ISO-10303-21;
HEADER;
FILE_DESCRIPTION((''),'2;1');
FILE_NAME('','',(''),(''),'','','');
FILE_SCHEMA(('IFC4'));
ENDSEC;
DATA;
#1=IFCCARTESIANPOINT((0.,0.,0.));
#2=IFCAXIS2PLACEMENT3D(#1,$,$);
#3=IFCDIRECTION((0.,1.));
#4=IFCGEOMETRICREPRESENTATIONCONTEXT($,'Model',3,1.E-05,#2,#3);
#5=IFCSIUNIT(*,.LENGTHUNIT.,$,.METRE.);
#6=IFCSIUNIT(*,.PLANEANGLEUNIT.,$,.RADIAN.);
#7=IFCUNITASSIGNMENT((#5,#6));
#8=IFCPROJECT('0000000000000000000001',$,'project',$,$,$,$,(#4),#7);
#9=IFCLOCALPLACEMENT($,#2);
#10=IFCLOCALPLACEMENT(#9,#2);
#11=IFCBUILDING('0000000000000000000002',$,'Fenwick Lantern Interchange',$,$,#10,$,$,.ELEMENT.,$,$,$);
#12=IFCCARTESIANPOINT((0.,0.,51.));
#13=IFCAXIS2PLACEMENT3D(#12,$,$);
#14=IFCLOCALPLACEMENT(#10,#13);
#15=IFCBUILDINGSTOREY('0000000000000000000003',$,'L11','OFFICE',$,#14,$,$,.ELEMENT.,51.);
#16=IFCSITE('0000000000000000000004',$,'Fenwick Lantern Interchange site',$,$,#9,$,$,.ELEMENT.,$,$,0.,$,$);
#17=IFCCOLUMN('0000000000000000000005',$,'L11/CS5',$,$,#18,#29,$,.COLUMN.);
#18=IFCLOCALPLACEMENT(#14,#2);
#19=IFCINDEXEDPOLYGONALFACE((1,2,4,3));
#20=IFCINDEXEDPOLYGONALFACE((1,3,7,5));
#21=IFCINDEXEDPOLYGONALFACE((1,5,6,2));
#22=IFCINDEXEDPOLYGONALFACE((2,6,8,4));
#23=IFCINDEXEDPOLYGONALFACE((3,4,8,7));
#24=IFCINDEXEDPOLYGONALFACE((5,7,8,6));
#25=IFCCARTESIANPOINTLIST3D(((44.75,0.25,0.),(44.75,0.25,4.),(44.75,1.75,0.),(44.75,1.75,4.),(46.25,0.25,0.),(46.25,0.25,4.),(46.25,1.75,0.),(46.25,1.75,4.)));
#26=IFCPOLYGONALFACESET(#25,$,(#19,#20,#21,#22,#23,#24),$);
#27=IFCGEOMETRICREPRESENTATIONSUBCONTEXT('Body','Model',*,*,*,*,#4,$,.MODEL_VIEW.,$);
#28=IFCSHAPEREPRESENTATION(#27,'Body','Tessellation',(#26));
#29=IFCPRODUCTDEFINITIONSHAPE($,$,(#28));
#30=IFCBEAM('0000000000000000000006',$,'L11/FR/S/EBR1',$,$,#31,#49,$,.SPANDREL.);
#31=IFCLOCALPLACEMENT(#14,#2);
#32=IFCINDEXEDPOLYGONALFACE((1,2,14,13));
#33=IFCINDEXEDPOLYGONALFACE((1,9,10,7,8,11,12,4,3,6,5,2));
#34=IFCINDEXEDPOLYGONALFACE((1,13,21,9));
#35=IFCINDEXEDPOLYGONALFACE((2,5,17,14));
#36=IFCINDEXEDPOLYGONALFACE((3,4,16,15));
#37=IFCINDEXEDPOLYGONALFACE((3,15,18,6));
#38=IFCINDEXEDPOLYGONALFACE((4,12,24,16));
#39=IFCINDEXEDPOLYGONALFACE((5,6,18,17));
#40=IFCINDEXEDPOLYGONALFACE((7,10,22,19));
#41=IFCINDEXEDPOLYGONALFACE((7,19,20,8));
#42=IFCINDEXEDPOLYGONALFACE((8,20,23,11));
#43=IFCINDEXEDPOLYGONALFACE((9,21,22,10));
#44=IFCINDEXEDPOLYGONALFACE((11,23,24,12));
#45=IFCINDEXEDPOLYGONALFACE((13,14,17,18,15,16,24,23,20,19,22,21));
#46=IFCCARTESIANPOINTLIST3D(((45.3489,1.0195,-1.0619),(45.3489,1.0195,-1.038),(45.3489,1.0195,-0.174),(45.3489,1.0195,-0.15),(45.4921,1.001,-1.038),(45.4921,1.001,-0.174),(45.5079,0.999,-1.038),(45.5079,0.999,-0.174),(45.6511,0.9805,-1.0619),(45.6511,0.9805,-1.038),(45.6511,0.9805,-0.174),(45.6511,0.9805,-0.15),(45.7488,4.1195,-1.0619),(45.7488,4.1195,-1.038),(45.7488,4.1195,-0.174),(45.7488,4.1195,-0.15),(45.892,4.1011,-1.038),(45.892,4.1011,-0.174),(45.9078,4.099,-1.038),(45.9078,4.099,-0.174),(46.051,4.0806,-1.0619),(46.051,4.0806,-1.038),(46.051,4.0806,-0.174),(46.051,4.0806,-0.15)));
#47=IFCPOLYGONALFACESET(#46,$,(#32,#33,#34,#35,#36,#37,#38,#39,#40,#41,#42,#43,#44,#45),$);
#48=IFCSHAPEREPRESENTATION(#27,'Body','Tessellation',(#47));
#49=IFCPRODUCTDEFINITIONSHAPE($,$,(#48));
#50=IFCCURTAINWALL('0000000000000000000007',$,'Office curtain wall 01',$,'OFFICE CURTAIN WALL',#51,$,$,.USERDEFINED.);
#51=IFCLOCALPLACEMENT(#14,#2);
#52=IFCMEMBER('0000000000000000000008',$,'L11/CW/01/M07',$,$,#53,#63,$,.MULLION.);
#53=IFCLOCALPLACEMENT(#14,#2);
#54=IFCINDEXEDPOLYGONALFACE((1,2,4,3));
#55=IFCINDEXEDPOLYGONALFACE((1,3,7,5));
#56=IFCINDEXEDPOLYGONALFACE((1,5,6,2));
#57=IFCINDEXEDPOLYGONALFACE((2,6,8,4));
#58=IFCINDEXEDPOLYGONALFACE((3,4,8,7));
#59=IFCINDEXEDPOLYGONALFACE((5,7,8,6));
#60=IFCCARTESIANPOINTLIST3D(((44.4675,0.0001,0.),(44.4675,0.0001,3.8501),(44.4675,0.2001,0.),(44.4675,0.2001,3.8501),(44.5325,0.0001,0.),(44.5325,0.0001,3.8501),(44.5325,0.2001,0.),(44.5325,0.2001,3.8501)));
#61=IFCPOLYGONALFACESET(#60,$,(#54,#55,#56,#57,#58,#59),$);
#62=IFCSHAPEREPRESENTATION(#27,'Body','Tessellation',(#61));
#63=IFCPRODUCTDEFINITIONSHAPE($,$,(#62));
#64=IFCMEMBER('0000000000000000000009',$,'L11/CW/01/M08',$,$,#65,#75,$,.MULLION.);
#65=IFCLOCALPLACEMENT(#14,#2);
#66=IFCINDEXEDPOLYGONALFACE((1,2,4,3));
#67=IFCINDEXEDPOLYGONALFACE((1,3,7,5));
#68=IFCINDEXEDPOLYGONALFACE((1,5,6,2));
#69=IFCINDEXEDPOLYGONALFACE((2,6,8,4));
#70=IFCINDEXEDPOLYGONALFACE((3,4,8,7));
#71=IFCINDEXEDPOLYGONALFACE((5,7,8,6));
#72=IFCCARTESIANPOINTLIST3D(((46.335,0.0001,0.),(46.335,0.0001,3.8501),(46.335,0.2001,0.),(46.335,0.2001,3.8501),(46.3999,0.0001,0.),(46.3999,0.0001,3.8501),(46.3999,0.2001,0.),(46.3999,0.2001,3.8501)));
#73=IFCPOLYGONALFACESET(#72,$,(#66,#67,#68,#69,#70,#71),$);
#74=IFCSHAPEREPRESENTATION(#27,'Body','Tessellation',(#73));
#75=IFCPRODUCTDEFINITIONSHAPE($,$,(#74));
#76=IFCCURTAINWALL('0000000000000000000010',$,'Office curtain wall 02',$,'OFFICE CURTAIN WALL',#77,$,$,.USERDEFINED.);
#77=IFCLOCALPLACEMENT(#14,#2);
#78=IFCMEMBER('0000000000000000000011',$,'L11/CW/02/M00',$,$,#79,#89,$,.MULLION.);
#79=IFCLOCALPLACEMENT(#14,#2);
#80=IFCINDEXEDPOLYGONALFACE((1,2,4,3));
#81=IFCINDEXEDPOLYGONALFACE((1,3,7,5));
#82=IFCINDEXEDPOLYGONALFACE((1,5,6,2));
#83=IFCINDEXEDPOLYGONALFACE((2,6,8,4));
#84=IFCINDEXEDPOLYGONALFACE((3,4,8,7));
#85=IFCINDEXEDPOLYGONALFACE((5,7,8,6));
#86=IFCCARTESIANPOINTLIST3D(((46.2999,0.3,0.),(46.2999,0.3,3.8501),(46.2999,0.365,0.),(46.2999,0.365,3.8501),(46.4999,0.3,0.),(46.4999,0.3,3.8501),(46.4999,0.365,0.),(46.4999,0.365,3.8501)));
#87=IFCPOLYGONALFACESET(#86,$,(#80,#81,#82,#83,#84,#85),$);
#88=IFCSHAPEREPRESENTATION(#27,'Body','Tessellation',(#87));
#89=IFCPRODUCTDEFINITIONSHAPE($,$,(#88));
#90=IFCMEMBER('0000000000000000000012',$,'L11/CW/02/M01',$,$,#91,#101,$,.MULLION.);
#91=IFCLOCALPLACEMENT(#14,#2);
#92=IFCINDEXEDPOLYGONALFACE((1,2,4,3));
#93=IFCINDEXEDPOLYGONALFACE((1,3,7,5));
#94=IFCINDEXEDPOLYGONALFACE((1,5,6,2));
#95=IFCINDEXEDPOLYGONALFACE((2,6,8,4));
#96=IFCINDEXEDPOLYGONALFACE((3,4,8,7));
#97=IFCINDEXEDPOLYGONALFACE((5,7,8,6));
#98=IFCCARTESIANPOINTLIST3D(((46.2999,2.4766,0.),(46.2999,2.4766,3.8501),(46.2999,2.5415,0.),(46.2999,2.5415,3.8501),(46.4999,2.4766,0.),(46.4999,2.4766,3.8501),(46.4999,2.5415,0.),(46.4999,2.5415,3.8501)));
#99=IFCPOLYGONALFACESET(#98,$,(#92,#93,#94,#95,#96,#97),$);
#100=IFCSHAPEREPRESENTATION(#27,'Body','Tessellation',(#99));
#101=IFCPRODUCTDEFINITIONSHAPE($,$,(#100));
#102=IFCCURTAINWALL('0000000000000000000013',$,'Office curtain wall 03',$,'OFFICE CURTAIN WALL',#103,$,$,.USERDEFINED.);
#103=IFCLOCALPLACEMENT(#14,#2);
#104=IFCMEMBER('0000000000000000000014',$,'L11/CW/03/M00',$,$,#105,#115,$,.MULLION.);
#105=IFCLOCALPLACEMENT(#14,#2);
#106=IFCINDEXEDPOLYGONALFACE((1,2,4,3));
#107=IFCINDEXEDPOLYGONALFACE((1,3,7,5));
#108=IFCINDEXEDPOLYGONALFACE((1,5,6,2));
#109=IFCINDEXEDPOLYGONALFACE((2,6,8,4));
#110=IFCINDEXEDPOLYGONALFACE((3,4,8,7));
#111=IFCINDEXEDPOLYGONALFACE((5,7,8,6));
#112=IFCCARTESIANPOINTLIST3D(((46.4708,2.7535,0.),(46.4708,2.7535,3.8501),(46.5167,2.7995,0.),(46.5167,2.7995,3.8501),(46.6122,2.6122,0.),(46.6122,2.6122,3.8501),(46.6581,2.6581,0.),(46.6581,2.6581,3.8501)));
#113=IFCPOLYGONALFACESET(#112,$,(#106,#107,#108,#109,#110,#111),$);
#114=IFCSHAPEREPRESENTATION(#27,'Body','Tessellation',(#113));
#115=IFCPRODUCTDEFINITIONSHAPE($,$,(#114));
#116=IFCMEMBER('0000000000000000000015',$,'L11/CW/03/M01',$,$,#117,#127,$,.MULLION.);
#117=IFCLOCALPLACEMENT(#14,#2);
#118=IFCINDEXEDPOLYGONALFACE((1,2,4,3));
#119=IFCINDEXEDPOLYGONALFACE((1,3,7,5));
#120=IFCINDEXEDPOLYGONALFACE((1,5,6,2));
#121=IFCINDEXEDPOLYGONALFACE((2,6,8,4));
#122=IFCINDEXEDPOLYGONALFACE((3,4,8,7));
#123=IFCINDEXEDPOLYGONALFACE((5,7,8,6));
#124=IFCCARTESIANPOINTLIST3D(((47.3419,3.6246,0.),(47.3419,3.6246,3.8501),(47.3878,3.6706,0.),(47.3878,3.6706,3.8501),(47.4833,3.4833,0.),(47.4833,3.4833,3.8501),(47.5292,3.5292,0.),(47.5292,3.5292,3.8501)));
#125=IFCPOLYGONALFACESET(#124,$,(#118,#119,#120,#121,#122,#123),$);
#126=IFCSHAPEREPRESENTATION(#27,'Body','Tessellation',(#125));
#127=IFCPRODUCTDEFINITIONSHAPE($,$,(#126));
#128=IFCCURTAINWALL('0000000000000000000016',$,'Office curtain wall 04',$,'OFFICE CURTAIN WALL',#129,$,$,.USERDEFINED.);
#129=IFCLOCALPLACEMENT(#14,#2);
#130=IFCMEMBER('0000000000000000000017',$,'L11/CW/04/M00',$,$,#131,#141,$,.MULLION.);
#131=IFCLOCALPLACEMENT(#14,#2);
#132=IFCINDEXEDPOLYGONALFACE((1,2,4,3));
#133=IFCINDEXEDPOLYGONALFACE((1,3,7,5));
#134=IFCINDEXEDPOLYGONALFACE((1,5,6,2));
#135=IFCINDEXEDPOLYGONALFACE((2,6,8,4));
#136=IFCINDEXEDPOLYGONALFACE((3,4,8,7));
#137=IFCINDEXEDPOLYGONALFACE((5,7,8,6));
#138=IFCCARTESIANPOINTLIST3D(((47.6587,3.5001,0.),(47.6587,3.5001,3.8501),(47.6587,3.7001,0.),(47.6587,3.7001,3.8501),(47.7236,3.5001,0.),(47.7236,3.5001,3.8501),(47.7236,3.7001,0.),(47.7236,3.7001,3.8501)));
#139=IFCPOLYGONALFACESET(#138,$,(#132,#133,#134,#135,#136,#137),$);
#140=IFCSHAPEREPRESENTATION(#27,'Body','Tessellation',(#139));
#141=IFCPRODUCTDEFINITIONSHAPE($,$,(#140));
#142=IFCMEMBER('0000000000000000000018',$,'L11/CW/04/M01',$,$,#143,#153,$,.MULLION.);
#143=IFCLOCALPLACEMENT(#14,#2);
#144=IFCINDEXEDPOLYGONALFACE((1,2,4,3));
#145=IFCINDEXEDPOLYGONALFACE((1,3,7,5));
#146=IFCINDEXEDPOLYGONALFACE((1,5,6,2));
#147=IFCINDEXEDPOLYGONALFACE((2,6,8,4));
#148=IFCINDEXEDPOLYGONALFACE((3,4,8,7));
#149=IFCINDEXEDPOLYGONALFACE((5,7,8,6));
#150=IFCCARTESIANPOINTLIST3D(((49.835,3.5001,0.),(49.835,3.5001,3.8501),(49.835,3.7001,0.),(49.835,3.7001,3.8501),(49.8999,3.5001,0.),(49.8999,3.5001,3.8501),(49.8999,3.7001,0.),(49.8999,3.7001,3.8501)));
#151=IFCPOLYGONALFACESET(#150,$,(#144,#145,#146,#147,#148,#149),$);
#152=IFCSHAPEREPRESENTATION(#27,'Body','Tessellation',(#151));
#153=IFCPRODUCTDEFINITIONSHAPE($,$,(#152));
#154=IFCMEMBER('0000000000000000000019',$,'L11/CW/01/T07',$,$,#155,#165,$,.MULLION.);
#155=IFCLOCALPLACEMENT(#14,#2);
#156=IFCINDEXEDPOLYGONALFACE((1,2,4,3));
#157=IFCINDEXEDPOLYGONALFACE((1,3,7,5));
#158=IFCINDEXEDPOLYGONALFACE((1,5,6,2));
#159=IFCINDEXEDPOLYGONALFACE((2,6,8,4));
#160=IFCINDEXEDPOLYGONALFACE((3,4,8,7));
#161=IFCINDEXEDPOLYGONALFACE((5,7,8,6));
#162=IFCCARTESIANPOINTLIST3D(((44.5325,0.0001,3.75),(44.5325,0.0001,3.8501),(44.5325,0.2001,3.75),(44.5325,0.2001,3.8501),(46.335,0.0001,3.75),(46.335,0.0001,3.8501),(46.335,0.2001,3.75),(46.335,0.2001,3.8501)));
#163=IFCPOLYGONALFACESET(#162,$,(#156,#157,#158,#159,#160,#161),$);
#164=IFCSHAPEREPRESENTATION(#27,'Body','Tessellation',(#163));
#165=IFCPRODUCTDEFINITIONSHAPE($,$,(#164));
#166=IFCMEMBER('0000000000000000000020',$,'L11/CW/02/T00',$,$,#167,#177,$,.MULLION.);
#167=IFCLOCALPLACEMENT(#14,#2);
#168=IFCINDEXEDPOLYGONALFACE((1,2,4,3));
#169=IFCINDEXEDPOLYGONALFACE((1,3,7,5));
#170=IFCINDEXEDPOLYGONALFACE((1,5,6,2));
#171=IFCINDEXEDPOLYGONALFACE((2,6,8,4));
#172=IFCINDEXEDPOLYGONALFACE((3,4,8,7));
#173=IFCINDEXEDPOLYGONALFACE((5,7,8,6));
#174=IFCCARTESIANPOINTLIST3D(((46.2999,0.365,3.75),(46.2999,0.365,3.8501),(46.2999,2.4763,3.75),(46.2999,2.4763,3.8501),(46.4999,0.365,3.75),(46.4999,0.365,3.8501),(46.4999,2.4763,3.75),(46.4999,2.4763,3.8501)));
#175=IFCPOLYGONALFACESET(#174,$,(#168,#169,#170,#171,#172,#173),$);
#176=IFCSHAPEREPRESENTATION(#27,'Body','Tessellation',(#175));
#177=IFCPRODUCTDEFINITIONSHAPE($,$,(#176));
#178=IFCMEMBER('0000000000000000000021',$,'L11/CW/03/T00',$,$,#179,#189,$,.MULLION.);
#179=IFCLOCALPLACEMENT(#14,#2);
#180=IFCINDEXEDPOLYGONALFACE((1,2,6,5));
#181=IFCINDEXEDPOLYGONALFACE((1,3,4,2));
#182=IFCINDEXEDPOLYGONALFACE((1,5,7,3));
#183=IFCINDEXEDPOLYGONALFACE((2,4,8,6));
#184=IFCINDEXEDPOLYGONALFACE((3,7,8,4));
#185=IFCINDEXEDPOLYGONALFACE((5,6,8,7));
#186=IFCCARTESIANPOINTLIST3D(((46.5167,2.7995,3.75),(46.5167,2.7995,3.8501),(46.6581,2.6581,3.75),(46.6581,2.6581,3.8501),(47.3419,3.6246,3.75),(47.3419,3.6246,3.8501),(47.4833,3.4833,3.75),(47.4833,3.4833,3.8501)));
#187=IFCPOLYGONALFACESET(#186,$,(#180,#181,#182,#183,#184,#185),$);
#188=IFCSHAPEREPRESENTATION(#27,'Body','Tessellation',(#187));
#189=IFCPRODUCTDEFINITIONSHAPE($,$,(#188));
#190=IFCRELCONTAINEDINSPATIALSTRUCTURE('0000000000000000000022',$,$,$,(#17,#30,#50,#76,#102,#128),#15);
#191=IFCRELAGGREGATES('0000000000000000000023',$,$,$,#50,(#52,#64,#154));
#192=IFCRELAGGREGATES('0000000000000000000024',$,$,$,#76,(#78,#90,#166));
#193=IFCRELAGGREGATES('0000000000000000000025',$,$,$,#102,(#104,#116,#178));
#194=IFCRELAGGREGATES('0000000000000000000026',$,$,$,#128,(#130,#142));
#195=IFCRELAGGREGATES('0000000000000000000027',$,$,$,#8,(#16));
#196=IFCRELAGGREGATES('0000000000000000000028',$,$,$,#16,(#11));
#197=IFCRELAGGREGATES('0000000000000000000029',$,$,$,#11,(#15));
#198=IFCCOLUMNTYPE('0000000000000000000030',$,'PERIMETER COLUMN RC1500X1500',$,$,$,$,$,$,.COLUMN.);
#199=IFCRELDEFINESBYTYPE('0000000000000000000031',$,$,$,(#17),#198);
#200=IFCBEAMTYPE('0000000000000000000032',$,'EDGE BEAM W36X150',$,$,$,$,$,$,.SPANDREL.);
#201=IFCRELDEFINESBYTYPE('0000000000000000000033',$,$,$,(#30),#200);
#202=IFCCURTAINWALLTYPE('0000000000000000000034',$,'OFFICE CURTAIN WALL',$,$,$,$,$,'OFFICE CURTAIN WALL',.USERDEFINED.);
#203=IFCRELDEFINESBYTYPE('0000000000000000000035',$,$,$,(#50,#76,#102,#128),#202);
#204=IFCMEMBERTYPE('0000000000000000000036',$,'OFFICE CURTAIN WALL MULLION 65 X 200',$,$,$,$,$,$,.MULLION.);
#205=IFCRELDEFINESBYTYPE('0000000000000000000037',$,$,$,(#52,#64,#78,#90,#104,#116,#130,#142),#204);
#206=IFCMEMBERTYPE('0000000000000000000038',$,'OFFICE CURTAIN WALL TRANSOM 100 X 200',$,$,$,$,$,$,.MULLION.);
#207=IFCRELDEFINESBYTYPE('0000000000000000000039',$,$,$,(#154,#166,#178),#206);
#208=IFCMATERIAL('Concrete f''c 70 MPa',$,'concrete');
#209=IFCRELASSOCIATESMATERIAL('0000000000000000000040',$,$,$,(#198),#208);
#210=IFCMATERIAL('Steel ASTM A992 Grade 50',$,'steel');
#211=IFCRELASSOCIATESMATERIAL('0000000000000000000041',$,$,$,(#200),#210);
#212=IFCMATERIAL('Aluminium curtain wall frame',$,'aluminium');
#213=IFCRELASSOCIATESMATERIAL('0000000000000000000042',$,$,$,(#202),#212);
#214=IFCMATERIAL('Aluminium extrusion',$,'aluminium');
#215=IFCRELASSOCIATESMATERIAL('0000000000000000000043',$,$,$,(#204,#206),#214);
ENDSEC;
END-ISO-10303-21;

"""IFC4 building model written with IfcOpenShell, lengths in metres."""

from ifc_helpers import new_model, si_unit, direction, frame, origin, origin_2d, place, context, subcontext, project, spatial, rectangle, i_section, extrude, material, material_profile, profile_set, type_object, element, aggregate, save


model = new_model("IFC4")

# Units and contexts
model_context = context("Model", 3, precision=1e-05, world=origin(), true_north=direction((0.0, 1.0)))
body_context = subcontext(model_context, "Body", "Model", "MODEL_VIEW")
ifc_project = project(units=[si_unit("LENGTHUNIT", "METRE"), si_unit("PLANEANGLEUNIT", "RADIAN")], contexts=[model_context])

# Site, building, storey
site_placement = place(None, origin())
site = spatial("IfcSite", under=ifc_project, at=site_placement, Name="Fenwick Lantern Interchange site", CompositionType="ELEMENT", RefElevation=0.0)
building_placement = place(site_placement, origin())
building = spatial("IfcBuilding", under=site, at=building_placement, Name="Fenwick Lantern Interchange", CompositionType="ELEMENT")
storey_placement = place(building_placement, frame((0.0, 0.0, 51.0)))
storey = spatial("IfcBuildingStorey", under=building, at=storey_placement, Name="L11", Description="OFFICE", CompositionType="ELEMENT", Elevation=51.0)

# Column
ifc_material_1 = material(Name="Concrete f'c 70 MPa", Category="concrete")
ifc_material_profile_1 = material_profile(ifc_material_1, rectangle(XDim=1.5, YDim=1.5, at=origin_2d()), Name="RC1500X1500")
ifc_profile_set_1 = profile_set([ifc_material_profile_1], Name="Concrete f'c 70 MPa")
column_type = type_object("IfcColumnType", Name="PERIMETER COLUMN RC1500X1500", PredefinedType="COLUMN", material=ifc_profile_set_1)
column_placement = place(storey_placement, frame((45.5, 1.0, 0.0), z_axis=(0.0, 0.0, 1.0), x_axis=(1.0, 0.0, 0.0)))
element("IfcColumn", 1, at=column_placement, inside=storey, type_object=column_type, Name="L11/CS5", PredefinedType="COLUMN", context=body_context, shape_type="SweptSolid", body=[
    extrude(rectangle(XDim=1.5, YDim=1.5, at=origin_2d()), origin(), (0.0, 0.0, 1.0), 4.0),
])

# Beam
ifc_material_2 = material(Name="Steel ASTM A992 Grade 50", Category="steel")
ifc_material_profile_2 = material_profile(ifc_material_2, i_section(OverallWidth=0.3047, OverallDepth=0.9119, WebThickness=0.0159, FlangeThickness=0.0239, at=origin_2d()), Name="W36X150")
ifc_profile_set_2 = profile_set([ifc_material_profile_2], Name="Steel ASTM A992 Grade 50")
beam_type = type_object("IfcBeamType", Name="EDGE BEAM W36X150", PredefinedType="SPANDREL", material=ifc_profile_set_2)
beam_placement = place(storey_placement, frame((45.5, 1.0, -0.606), z_axis=(0.127937, 0.991782, 0.0), x_axis=(-0.991782, 0.127937, 0.0)))
element("IfcBeam", 2, at=beam_placement, inside=storey, type_object=beam_type, Name="L11/FR/S/EBR1", PredefinedType="SPANDREL", context=body_context, shape_type="SweptSolid", body=[
    extrude(i_section(OverallWidth=0.3047, OverallDepth=0.9119, WebThickness=0.0159, FlangeThickness=0.0239, at=origin_2d()), origin(), (0.0, 0.0, 1.0), 3.1257),
])

# Curtain walls, members
ifc_material_3 = material(Name="Aluminium curtain wall frame", Category="aluminium")
curtain_wall_type = type_object("IfcCurtainWallType", Name="OFFICE CURTAIN WALL", ElementType="OFFICE CURTAIN WALL", PredefinedType="USERDEFINED", material=ifc_material_3)
curtain_wall_1_placement = place(storey_placement, origin())
curtain_wall_1 = element("IfcCurtainWall", 3, at=curtain_wall_1_placement, inside=storey, type_object=curtain_wall_type, Name="Office curtain wall 01", ObjectType="OFFICE CURTAIN WALL", PredefinedType="USERDEFINED")
ifc_material_4 = material(Name="Aluminium extrusion", Category="aluminium")
ifc_material_profile_3 = material_profile(ifc_material_4, rectangle(XDim=0.2, YDim=0.0649, at=origin_2d()), Name="OFFICE CURTAIN WALL MULLION 65 X 200")
ifc_profile_set_3 = profile_set([ifc_material_profile_3], Name="Aluminium extrusion")
member_type_1 = type_object("IfcMemberType", Name="OFFICE CURTAIN WALL MULLION 65 X 200", PredefinedType="MULLION", material=ifc_profile_set_3)
member_1_placement = place(storey_placement, frame((44.5, 0.1001, 0.0), z_axis=(0.0, 0.0, 1.0), x_axis=(0.0, 1.0, 0.0)))
member_1 = element("IfcMember", 4, at=member_1_placement, type_object=member_type_1, Name="L11/CW/01/M07", PredefinedType="MULLION", context=body_context, shape_type="SweptSolid", body=[
    extrude(rectangle(XDim=0.2, YDim=0.0649, at=origin_2d()), origin(), (0.0, 0.0, 1.0), 3.8501),
])
member_2_placement = place(storey_placement, frame((46.3674, 0.1001, 0.0), z_axis=(0.0, 0.0, 1.0), x_axis=(0.0, 1.0, 0.0)))
member_2 = element("IfcMember", 5, at=member_2_placement, type_object=member_type_1, Name="L11/CW/01/M08", PredefinedType="MULLION", context=body_context, shape_type="SweptSolid", body=[
    extrude(rectangle(XDim=0.2, YDim=0.0649, at=origin_2d()), origin(), (0.0, 0.0, 1.0), 3.8501),
])
curtain_wall_2_placement = place(storey_placement, origin())
curtain_wall_2 = element("IfcCurtainWall", 6, at=curtain_wall_2_placement, inside=storey, type_object=curtain_wall_type, Name="Office curtain wall 02", ObjectType="OFFICE CURTAIN WALL", PredefinedType="USERDEFINED")
member_3_placement = place(storey_placement, frame((46.3999, 0.3325, 0.0), z_axis=(0.0, 0.0, 1.0), x_axis=(-1.0, 0.0, 0.0)))
member_3 = element("IfcMember", 7, at=member_3_placement, type_object=member_type_1, Name="L11/CW/02/M00", PredefinedType="MULLION", context=body_context, shape_type="SweptSolid", body=[
    extrude(rectangle(XDim=0.2, YDim=0.0649, at=origin_2d()), origin(), (0.0, 0.0, 1.0), 3.8501),
])
member_4_placement = place(storey_placement, frame((46.3999, 2.509, 0.0), z_axis=(0.0, 0.0, 1.0), x_axis=(-1.0, 0.0, 0.0)))
member_4 = element("IfcMember", 8, at=member_4_placement, type_object=member_type_1, Name="L11/CW/02/M01", PredefinedType="MULLION", context=body_context, shape_type="SweptSolid", body=[
    extrude(rectangle(XDim=0.2, YDim=0.0649, at=origin_2d()), origin(), (0.0, 0.0, 1.0), 3.8501),
])
curtain_wall_3_placement = place(storey_placement, origin())
curtain_wall_3 = element("IfcCurtainWall", 9, at=curtain_wall_3_placement, inside=storey, type_object=curtain_wall_type, Name="Office curtain wall 03", ObjectType="OFFICE CURTAIN WALL", PredefinedType="USERDEFINED")
member_5_placement = place(storey_placement, frame((46.5645, 2.7058, 0.0), z_axis=(0.0, 0.0, 1.0), x_axis=(-0.707107, 0.707107, 0.0)))
member_5 = element("IfcMember", 10, at=member_5_placement, type_object=member_type_1, Name="L11/CW/03/M00", PredefinedType="MULLION", context=body_context, shape_type="SweptSolid", body=[
    extrude(rectangle(XDim=0.2, YDim=0.0649, at=origin_2d()), origin(), (0.0, 0.0, 1.0), 3.8501),
])
member_6_placement = place(storey_placement, frame((47.4355, 3.5769, 0.0), z_axis=(0.0, 0.0, 1.0), x_axis=(-0.707107, 0.707107, 0.0)))
member_6 = element("IfcMember", 11, at=member_6_placement, type_object=member_type_1, Name="L11/CW/03/M01", PredefinedType="MULLION", context=body_context, shape_type="SweptSolid", body=[
    extrude(rectangle(XDim=0.2, YDim=0.0649, at=origin_2d()), origin(), (0.0, 0.0, 1.0), 3.8501),
])
curtain_wall_4_placement = place(storey_placement, origin())
curtain_wall_4 = element("IfcCurtainWall", 12, at=curtain_wall_4_placement, inside=storey, type_object=curtain_wall_type, Name="Office curtain wall 04", ObjectType="OFFICE CURTAIN WALL", PredefinedType="USERDEFINED")
member_7_placement = place(storey_placement, frame((47.6912, 3.6001, 0.0), z_axis=(0.0, 0.0, 1.0), x_axis=(0.0, 1.0, 0.0)))
member_7 = element("IfcMember", 13, at=member_7_placement, type_object=member_type_1, Name="L11/CW/04/M00", PredefinedType="MULLION", context=body_context, shape_type="SweptSolid", body=[
    extrude(rectangle(XDim=0.2, YDim=0.0649, at=origin_2d()), origin(), (0.0, 0.0, 1.0), 3.8501),
])
member_8_placement = place(storey_placement, frame((49.8674, 3.6001, 0.0), z_axis=(0.0, 0.0, 1.0), x_axis=(0.0, 1.0, 0.0)))
member_8 = element("IfcMember", 14, at=member_8_placement, type_object=member_type_1, Name="L11/CW/04/M01", PredefinedType="MULLION", context=body_context, shape_type="SweptSolid", body=[
    extrude(rectangle(XDim=0.2, YDim=0.0649, at=origin_2d()), origin(), (0.0, 0.0, 1.0), 3.8501),
])

# Members
ifc_material_profile_4 = material_profile(ifc_material_4, rectangle(XDim=0.2, YDim=0.1001, at=origin_2d()), Name="OFFICE CURTAIN WALL TRANSOM 100 X 200")
ifc_profile_set_4 = profile_set([ifc_material_profile_4], Name="Aluminium extrusion")
member_type_2 = type_object("IfcMemberType", Name="OFFICE CURTAIN WALL TRANSOM 100 X 200", PredefinedType="MULLION", material=ifc_profile_set_4)
member_9_placement = place(storey_placement, frame((44.5325, 0.1001, 3.8), z_axis=(1.0, 0.0, 0.0), x_axis=(0.0, 1.0, 0.0)))
member_9 = element("IfcMember", 15, at=member_9_placement, type_object=member_type_2, Name="L11/CW/01/T07", PredefinedType="MULLION", context=body_context, shape_type="SweptSolid", body=[
    extrude(rectangle(XDim=0.2, YDim=0.1001, at=origin_2d()), origin(), (0.0, 0.0, 1.0), 1.8025),
])
member_10_placement = place(storey_placement, frame((46.3999, 0.365, 3.8), z_axis=(0.0, 1.0, 0.0), x_axis=(-1.0, 0.0, 0.0)))
member_10 = element("IfcMember", 16, at=member_10_placement, type_object=member_type_2, Name="L11/CW/02/T00", PredefinedType="MULLION", context=body_context, shape_type="SweptSolid", body=[
    extrude(rectangle(XDim=0.2, YDim=0.1001, at=origin_2d()), origin(), (0.0, 0.0, 1.0), 2.1113),
])
member_11_placement = place(storey_placement, frame((46.5874, 2.7288, 3.8), z_axis=(0.707107, 0.707107, 0.0), x_axis=(-0.707107, 0.707107, 0.0)))
member_11 = element("IfcMember", 17, at=member_11_placement, type_object=member_type_2, Name="L11/CW/03/T00", PredefinedType="MULLION", context=body_context, shape_type="SweptSolid", body=[
    extrude(rectangle(XDim=0.2, YDim=0.1001, at=origin_2d()), origin(), (0.0, 0.0, 1.0), 1.167),
])

aggregate(curtain_wall_1, [member_1, member_2, member_9])
aggregate(curtain_wall_2, [member_3, member_4, member_10])
aggregate(curtain_wall_3, [member_5, member_6, member_11])
aggregate(curtain_wall_4, [member_7, member_8])

save(model, "model.ifc")
